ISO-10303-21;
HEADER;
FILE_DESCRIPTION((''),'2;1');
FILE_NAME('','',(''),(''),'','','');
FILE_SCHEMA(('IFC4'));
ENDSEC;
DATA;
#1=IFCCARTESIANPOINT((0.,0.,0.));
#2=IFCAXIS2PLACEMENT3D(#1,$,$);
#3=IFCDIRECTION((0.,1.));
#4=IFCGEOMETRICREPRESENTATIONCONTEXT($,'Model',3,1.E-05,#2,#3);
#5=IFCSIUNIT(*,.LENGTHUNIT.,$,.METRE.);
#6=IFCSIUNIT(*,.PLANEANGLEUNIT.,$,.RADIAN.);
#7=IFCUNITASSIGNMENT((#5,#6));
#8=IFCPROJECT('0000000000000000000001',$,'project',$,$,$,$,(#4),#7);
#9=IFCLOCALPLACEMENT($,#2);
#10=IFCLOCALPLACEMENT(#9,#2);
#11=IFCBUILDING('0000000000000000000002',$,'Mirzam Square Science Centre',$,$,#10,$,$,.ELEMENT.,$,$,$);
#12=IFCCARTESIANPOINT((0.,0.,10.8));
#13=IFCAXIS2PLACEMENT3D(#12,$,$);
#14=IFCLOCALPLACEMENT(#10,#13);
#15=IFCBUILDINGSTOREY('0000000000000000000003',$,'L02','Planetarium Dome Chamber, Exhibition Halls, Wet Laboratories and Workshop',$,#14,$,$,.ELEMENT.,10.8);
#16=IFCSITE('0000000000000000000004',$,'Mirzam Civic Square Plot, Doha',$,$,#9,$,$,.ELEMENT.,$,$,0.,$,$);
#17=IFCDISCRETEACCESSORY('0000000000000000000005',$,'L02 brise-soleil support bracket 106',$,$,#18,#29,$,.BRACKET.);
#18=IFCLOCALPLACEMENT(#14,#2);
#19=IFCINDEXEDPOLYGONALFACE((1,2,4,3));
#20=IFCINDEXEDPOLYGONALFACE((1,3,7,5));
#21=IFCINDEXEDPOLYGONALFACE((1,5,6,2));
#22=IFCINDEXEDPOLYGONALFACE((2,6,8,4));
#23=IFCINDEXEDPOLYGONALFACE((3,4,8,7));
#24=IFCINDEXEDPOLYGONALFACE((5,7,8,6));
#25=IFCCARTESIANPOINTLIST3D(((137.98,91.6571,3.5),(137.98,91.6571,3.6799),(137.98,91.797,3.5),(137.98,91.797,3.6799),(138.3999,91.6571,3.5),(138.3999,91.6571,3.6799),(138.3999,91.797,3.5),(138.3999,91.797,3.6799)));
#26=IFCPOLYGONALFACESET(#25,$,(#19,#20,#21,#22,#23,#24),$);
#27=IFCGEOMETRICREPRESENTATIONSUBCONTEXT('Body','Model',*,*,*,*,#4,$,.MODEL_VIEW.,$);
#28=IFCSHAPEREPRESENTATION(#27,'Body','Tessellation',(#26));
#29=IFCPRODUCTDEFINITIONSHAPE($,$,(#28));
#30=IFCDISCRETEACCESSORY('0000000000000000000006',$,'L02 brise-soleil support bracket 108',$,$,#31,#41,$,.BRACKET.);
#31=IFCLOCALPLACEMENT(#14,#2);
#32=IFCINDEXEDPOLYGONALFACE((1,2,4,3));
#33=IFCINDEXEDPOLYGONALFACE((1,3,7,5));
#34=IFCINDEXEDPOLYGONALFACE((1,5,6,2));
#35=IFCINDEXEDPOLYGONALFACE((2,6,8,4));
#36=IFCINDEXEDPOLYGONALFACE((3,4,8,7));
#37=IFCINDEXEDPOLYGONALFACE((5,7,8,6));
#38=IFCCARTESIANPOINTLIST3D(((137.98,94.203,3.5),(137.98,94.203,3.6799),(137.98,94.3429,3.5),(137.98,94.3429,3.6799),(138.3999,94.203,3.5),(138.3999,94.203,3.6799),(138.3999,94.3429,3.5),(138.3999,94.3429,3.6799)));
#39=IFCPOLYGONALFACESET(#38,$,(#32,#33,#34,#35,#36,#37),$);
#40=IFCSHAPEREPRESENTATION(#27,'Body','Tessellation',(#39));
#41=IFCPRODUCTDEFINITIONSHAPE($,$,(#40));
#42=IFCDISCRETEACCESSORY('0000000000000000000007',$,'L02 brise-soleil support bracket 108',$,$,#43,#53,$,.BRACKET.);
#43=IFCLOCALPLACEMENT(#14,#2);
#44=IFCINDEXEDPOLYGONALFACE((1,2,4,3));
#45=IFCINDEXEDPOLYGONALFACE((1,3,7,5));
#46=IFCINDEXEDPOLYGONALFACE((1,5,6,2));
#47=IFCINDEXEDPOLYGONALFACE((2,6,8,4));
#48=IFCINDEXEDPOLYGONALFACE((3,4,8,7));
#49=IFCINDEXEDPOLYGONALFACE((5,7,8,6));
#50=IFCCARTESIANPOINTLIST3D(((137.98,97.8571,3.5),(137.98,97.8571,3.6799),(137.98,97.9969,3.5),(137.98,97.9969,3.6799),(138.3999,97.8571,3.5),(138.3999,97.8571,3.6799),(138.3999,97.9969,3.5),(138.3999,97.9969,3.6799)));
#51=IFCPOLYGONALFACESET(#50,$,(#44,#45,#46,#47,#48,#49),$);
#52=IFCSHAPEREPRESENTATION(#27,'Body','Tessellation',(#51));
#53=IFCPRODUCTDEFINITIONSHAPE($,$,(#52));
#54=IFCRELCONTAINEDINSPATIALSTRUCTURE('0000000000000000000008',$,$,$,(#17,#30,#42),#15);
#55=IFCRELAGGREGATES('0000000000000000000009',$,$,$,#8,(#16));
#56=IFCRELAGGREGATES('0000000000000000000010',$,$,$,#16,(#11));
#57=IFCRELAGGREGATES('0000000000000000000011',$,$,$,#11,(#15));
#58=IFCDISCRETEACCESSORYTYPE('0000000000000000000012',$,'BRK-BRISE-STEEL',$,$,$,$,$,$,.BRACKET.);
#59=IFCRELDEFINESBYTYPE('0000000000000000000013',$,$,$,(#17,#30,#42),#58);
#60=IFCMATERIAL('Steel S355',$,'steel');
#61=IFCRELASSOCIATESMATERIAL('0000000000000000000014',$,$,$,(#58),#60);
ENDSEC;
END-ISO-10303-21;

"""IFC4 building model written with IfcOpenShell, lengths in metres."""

from ifc_helpers import new_model, si_unit, direction, frame, origin, origin_2d, place, context, subcontext, project, spatial, rectangle, extrude, material, type_object, element, save


model = new_model("IFC4")

# Units and contexts
model_context = context("Model", 3, precision=1e-05, world=origin(), true_north=direction((0.0, 1.0)))
body_context = subcontext(model_context, "Body", "Model", "MODEL_VIEW")
ifc_project = project(units=[si_unit("LENGTHUNIT", "METRE"), si_unit("PLANEANGLEUNIT", "RADIAN")], contexts=[model_context])

# Site, building, storey
site_placement = place(None, origin())
site = spatial("IfcSite", under=ifc_project, at=site_placement, Name="Mirzam Civic Square Plot, Doha", CompositionType="ELEMENT", RefElevation=0.0)
building_placement = place(site_placement, origin())
building = spatial("IfcBuilding", under=site, at=building_placement, Name="Mirzam Square Science Centre", CompositionType="ELEMENT")
storey_placement = place(building_placement, frame((0.0, 0.0, 10.8)))
storey = spatial("IfcBuildingStorey", under=building, at=storey_placement, Name="L02", Description="Planetarium Dome Chamber, Exhibition Halls, Wet Laboratories and Workshop", CompositionType="ELEMENT", Elevation=10.8)

# Shared definitions
ifc_material_1 = material(Name="Steel S355", Category="steel")

# Discrete accessories
discrete_accessory_type = type_object("IfcDiscreteAccessoryType", Name="BRK-BRISE-STEEL", PredefinedType="BRACKET", material=ifc_material_1)
for number, where, z_axis, x_axis, name in (
    (1, (138.1899, 91.7271, 3.5), (0.0, 0.0, 1.0), (0.0, 1.0, 0.0), "L02 brise-soleil support bracket 106"),
    (2, (138.1899, 94.2729, 3.5), (0.0, 0.0, 1.0), (0.0, 1.0, 0.0), "L02 brise-soleil support bracket 108"),
    (3, (138.1899, 97.927, 3.5), (0.0, 0.0, 1.0), (0.0, 1.0, 0.0), "L02 brise-soleil support bracket 108"),
):
    element("IfcDiscreteAccessory", number, at=place(storey_placement, frame(where, z_axis=z_axis, x_axis=x_axis)), inside=storey, type_object=discrete_accessory_type, Name=name, PredefinedType="BRACKET", context=body_context, shape_type="SweptSolid", body=[
        extrude(rectangle(XDim=0.1399, YDim=0.4199, at=origin_2d()), origin(), (0.0, 0.0, 1.0), 0.1799),
    ])

save(model, "model.ifc")
